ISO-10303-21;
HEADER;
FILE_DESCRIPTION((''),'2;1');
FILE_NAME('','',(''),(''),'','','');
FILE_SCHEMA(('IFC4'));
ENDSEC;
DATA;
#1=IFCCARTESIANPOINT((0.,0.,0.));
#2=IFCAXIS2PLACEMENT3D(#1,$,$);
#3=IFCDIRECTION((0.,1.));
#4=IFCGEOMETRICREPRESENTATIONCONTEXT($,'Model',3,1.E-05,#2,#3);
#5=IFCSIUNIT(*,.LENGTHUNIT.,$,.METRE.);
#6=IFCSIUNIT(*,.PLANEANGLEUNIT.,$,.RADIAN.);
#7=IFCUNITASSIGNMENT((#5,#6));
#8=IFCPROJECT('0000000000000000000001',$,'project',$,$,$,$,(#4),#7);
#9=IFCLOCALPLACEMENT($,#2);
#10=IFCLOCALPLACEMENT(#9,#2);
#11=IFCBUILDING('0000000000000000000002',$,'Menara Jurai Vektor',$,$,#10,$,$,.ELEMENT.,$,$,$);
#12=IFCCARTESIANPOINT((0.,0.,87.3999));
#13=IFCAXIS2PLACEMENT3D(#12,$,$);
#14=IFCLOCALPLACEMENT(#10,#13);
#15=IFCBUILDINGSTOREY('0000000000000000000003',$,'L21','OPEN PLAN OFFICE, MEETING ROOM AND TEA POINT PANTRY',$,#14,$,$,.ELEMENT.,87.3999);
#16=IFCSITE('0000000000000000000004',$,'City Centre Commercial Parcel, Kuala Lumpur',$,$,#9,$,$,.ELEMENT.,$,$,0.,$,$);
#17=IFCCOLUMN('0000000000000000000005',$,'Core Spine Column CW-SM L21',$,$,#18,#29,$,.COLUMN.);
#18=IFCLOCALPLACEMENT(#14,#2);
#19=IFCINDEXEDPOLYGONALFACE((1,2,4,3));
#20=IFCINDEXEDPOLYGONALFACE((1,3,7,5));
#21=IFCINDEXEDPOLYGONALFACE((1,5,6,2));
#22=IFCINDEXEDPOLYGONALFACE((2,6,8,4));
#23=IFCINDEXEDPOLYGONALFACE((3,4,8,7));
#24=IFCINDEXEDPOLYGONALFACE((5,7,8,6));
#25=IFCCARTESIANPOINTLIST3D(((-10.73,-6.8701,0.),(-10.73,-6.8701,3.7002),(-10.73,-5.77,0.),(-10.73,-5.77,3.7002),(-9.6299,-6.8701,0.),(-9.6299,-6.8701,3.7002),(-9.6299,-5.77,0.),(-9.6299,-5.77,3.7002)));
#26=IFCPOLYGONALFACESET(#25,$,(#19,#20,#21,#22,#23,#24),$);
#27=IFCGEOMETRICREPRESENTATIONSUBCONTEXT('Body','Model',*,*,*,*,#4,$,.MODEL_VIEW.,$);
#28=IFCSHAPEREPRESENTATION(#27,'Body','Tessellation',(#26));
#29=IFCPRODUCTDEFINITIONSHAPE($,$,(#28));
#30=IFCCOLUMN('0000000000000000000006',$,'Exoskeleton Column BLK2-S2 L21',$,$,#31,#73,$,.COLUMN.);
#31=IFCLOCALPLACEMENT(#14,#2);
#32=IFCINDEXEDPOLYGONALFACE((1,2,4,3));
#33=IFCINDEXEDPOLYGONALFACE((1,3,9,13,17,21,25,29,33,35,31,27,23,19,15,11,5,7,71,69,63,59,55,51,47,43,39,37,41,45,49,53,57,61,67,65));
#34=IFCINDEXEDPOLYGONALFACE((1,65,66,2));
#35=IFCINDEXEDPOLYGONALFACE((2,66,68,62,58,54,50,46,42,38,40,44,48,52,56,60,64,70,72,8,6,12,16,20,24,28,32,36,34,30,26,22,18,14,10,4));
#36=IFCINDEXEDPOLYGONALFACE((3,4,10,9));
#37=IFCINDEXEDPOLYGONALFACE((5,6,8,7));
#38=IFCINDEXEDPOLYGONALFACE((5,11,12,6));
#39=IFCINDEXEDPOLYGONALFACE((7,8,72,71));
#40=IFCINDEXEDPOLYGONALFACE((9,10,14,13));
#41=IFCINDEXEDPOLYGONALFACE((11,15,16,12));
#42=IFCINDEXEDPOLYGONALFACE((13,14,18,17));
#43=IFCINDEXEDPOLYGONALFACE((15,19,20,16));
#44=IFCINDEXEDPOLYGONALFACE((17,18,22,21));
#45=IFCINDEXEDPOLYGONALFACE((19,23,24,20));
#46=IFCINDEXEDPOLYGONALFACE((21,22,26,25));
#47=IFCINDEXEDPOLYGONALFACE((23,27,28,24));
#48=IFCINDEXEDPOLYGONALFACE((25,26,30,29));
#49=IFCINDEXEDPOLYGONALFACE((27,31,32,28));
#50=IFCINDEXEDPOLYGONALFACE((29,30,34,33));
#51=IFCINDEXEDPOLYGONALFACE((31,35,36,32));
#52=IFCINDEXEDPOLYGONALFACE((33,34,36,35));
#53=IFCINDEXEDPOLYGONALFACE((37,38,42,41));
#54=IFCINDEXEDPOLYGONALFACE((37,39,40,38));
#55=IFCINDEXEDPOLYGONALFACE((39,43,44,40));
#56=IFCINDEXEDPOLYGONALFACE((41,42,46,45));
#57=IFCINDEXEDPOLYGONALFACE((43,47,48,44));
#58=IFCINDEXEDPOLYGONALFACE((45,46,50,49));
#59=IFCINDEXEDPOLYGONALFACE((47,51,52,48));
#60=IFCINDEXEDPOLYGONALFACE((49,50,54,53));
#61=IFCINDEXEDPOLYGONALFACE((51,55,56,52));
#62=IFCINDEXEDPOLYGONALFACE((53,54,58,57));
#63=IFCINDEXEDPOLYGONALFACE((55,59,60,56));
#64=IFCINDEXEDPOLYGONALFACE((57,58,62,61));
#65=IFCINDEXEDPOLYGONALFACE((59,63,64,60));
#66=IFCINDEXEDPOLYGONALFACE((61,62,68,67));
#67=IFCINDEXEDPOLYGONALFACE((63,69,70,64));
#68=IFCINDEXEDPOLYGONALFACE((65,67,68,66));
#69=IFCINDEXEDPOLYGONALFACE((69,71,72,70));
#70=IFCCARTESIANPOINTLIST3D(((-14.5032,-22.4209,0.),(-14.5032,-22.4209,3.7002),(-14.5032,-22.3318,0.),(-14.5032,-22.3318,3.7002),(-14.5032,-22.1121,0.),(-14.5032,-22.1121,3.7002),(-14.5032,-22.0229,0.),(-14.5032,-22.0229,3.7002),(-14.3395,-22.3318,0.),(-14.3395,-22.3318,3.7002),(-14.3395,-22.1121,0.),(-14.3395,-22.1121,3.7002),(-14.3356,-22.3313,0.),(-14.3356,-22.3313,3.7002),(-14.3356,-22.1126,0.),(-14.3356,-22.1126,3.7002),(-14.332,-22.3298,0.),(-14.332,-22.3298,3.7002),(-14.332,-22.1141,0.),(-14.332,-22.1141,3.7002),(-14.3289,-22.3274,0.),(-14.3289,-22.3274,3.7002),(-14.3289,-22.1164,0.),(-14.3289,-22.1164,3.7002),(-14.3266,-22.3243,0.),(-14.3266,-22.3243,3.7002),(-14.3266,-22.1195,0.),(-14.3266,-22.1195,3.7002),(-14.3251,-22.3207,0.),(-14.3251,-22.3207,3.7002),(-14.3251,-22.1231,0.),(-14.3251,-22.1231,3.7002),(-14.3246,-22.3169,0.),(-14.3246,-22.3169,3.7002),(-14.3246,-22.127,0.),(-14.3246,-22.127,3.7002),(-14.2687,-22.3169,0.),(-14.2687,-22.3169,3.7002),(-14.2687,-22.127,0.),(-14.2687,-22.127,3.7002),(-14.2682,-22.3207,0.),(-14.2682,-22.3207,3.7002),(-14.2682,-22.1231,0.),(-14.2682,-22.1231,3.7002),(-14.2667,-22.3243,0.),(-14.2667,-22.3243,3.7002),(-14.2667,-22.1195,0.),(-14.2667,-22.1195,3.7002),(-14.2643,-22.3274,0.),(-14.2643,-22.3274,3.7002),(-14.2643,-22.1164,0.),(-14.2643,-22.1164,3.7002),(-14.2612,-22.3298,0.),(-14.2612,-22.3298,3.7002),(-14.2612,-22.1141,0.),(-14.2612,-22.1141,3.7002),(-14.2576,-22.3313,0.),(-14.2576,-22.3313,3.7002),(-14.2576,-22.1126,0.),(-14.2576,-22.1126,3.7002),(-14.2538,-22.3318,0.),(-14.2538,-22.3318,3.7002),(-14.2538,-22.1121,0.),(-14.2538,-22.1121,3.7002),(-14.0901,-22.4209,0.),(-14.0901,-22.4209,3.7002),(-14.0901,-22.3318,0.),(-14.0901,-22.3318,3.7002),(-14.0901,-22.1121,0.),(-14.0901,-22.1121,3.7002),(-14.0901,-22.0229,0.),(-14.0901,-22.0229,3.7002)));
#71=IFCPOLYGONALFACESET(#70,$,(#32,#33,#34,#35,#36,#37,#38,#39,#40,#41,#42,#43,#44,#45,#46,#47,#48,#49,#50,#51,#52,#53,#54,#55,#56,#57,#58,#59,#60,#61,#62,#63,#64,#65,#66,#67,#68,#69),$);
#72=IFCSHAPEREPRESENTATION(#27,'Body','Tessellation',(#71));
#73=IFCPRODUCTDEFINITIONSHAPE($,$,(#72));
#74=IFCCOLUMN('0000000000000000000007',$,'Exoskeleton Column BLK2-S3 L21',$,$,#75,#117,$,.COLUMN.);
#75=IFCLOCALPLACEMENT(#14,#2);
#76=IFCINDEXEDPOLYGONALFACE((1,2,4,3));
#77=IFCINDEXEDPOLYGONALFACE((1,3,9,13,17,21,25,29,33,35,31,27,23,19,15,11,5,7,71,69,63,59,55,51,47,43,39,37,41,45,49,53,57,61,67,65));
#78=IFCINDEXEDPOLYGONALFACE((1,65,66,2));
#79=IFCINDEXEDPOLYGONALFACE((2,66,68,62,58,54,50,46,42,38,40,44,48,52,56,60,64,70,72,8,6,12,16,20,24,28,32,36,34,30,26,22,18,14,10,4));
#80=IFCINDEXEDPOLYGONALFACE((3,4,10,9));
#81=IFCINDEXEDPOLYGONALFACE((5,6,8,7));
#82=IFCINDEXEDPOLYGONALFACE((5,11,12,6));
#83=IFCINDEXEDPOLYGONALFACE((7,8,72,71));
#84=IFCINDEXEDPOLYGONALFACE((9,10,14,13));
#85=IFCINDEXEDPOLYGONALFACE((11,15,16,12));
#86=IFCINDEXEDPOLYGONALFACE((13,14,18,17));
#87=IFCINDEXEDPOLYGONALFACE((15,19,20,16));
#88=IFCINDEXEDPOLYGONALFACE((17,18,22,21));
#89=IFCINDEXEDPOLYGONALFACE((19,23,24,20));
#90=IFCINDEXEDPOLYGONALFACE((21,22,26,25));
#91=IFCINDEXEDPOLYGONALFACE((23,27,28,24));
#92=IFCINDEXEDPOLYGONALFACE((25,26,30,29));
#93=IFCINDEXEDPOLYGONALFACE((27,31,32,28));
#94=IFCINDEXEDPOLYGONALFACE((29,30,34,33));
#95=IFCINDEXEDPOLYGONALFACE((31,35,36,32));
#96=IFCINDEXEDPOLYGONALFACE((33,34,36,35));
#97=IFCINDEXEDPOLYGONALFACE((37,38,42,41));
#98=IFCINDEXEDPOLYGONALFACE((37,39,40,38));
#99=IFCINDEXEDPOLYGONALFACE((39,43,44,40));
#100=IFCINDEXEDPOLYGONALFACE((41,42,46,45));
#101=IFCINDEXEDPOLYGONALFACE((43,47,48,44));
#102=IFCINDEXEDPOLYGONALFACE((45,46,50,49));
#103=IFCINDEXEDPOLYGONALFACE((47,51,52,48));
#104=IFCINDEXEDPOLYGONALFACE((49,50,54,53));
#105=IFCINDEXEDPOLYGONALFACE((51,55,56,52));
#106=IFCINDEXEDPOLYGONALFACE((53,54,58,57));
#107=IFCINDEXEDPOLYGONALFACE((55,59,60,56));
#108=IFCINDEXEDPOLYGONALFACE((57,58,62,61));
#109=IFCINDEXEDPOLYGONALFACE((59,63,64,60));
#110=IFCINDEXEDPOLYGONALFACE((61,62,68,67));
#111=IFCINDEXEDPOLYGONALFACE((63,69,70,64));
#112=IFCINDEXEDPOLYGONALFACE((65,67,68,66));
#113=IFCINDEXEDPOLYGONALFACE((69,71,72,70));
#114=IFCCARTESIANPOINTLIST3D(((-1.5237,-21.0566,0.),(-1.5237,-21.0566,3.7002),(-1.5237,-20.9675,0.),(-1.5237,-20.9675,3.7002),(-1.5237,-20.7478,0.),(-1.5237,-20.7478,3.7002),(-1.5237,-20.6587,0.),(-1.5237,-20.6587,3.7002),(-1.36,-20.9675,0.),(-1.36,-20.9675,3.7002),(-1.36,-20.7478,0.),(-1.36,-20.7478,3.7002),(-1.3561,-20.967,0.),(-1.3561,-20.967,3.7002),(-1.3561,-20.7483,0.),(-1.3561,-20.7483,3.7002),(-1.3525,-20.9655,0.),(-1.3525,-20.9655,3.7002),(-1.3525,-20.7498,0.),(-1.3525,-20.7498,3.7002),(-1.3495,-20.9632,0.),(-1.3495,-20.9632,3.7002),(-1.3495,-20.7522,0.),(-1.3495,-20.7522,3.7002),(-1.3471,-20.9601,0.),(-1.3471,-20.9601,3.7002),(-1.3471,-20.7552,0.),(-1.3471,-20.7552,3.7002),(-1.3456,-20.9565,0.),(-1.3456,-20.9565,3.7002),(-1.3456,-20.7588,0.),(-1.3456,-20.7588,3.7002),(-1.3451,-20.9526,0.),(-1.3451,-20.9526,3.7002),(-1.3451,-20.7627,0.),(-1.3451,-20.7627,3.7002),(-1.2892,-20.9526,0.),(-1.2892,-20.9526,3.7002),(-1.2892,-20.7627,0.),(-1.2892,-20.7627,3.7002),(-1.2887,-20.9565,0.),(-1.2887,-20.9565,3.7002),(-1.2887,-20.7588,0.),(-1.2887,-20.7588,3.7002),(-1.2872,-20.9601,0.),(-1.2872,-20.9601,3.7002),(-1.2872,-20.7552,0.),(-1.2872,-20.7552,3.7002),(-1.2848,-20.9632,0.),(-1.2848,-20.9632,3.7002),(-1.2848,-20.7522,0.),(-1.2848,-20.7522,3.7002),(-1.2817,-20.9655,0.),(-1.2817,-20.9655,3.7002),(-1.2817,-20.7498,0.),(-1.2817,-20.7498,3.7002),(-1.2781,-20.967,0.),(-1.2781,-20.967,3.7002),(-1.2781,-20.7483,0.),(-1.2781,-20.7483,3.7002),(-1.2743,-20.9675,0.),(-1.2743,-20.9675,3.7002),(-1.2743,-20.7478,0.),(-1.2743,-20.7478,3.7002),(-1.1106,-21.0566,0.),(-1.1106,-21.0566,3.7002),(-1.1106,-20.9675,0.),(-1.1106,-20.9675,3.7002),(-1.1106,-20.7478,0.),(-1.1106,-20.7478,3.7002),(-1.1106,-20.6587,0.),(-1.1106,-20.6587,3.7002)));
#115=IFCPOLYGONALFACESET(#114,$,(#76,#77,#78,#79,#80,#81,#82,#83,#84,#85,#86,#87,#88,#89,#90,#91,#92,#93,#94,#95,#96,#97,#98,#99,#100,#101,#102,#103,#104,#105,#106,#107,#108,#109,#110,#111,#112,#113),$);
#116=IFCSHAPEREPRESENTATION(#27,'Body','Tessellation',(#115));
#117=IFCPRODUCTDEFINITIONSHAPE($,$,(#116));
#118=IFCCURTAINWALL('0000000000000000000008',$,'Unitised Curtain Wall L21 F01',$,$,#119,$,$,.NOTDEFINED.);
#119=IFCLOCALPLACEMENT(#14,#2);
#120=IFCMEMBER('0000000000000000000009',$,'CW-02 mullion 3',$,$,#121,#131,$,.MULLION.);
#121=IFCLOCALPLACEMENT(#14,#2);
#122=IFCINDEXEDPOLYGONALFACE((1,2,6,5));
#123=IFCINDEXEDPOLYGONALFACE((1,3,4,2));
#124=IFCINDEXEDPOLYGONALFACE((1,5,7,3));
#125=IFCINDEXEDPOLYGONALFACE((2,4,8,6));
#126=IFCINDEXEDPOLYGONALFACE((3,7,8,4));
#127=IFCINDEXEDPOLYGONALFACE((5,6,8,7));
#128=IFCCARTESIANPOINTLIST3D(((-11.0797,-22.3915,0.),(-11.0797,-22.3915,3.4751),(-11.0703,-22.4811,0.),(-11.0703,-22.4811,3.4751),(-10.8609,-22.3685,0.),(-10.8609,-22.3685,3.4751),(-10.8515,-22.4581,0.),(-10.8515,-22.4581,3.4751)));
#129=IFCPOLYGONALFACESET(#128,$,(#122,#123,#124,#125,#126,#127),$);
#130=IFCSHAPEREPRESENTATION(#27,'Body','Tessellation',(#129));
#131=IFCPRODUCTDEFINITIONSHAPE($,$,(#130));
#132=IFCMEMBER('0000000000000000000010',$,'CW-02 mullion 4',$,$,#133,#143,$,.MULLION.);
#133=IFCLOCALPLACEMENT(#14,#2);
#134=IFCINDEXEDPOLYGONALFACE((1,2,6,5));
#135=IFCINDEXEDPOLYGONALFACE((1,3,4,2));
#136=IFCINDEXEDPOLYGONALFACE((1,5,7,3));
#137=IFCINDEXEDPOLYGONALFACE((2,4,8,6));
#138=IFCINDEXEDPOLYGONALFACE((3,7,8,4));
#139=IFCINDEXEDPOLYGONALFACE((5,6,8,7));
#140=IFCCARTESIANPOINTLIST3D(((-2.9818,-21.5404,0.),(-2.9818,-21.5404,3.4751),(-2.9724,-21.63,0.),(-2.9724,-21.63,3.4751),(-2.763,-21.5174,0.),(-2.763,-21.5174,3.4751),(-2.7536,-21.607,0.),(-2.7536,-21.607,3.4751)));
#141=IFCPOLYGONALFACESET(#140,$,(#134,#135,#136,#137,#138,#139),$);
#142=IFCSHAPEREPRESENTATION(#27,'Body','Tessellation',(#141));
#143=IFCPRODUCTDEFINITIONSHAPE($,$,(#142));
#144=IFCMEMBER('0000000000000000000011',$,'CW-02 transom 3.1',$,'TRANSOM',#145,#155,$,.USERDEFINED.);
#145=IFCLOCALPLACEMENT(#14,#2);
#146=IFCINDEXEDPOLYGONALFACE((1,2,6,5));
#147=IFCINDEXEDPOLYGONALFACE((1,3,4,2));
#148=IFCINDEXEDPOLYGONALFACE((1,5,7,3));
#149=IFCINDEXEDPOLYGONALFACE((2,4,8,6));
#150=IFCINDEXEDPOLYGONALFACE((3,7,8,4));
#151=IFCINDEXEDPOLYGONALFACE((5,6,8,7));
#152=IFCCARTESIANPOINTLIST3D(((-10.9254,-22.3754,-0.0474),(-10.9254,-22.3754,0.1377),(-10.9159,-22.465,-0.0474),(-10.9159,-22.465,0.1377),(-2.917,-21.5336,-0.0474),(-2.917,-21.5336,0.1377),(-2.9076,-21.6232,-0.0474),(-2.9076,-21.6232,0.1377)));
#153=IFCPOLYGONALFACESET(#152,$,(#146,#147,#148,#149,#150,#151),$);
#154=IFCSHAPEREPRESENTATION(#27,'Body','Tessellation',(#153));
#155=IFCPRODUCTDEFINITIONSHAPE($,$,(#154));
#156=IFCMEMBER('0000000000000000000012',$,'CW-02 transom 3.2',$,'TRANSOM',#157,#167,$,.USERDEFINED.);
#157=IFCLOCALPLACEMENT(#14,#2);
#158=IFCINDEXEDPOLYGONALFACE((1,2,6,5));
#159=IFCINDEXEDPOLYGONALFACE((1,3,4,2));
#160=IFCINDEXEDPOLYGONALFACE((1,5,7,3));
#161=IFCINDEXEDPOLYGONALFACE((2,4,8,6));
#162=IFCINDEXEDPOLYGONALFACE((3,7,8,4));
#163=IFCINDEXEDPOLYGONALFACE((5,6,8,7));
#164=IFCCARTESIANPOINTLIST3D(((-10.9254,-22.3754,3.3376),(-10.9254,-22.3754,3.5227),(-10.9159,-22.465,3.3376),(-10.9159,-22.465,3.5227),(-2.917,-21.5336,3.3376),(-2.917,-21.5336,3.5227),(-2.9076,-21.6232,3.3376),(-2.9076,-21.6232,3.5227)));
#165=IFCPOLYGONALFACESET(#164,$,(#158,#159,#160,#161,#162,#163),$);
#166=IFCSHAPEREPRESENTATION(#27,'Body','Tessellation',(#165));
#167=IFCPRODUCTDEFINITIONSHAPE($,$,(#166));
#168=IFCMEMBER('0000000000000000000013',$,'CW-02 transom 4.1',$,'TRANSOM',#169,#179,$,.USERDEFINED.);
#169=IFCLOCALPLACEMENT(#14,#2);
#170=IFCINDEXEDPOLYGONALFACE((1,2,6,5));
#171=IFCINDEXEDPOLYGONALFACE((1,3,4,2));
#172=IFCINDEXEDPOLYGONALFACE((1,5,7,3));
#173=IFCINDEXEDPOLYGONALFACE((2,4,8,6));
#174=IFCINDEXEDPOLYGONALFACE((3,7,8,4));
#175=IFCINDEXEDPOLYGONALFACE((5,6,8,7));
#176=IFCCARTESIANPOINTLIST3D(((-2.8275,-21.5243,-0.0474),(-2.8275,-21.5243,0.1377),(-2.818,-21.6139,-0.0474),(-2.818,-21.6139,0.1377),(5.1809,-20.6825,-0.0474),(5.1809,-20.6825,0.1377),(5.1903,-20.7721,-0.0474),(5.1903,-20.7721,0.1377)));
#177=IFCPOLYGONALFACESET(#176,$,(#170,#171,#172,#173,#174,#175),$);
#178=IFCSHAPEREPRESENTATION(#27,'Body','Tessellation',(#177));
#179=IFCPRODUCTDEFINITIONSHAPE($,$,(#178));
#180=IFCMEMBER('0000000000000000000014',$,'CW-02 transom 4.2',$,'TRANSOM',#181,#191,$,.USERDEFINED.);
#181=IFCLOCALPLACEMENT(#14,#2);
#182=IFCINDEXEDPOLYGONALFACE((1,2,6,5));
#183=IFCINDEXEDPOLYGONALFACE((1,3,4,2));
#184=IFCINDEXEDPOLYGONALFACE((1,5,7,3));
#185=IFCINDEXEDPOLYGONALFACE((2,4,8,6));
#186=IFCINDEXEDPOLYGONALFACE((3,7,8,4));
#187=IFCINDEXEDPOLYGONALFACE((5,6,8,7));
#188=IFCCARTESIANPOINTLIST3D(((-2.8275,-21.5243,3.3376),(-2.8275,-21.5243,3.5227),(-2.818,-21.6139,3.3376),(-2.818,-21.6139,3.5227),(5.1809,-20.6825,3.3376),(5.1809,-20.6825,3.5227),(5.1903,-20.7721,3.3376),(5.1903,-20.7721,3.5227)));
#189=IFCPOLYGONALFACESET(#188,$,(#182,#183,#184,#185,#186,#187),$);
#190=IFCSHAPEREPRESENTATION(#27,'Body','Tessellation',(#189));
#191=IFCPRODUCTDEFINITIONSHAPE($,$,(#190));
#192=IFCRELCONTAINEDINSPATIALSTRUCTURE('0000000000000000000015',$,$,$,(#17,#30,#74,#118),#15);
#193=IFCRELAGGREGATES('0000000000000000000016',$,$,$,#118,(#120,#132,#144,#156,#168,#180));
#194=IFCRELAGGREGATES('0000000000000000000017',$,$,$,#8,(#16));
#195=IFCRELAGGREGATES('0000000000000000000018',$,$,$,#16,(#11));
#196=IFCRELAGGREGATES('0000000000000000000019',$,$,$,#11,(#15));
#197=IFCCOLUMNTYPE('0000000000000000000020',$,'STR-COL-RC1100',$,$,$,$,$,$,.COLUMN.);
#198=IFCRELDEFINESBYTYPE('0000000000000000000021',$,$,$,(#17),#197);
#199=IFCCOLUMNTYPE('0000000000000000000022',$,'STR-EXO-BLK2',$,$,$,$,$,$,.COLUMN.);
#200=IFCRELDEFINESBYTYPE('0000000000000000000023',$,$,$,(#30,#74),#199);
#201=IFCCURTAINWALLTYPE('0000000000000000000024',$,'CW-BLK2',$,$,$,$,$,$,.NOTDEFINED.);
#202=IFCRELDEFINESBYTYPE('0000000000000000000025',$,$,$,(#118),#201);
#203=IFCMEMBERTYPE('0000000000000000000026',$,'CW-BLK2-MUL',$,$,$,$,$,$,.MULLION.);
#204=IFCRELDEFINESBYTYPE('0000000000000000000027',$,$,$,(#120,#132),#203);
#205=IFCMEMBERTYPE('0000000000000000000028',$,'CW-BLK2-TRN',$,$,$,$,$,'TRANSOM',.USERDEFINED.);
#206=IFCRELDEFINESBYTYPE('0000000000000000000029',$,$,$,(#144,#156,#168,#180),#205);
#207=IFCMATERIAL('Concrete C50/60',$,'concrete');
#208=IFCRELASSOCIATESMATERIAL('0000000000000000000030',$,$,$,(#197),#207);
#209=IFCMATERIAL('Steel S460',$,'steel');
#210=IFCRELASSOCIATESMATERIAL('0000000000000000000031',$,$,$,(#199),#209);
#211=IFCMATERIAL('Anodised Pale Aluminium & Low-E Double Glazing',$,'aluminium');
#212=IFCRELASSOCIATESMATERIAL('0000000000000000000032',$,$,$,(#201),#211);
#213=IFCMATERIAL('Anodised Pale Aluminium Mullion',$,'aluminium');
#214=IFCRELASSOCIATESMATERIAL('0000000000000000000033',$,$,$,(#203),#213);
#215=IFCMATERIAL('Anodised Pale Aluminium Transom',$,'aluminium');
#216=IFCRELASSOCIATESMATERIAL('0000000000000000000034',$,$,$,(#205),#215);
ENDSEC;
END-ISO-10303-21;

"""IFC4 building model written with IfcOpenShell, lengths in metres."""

from ifc_helpers import new_model, si_unit, direction, frame, origin, origin_2d, place, context, subcontext, project, spatial, rectangle, i_section, extrude, material, material_profile, profile_set, type_object, element, aggregate, save


model = new_model("IFC4")

# Units and contexts
model_context = context("Model", 3, precision=1e-05, world=origin(), true_north=direction((0.0, 1.0)))
body_context = subcontext(model_context, "Body", "Model", "MODEL_VIEW")
ifc_project = project(units=[si_unit("LENGTHUNIT", "METRE"), si_unit("PLANEANGLEUNIT", "RADIAN")], contexts=[model_context])

# Site, building, storey
site_placement = place(None, origin())
site = spatial("IfcSite", under=ifc_project, at=site_placement, Name="City Centre Commercial Parcel, Kuala Lumpur", CompositionType="ELEMENT", RefElevation=0.0)
building_placement = place(site_placement, origin())
building = spatial("IfcBuilding", under=site, at=building_placement, Name="Menara Jurai Vektor", CompositionType="ELEMENT")
storey_placement = place(building_placement, frame((0.0, 0.0, 87.3999)))
storey = spatial("IfcBuildingStorey", under=building, at=storey_placement, Name="L21", Description="OPEN PLAN OFFICE, MEETING ROOM AND TEA POINT PANTRY", CompositionType="ELEMENT", Elevation=87.3999)

# Columns
ifc_material_1 = material(Name="Concrete C50/60", Category="concrete")
ifc_material_profile_1 = material_profile(ifc_material_1, rectangle(XDim=1.1001, YDim=1.1001, at=origin_2d()), Name="RC 1100x1100")
ifc_profile_set_1 = profile_set([ifc_material_profile_1], Name="Concrete C50/60")
column_type_1 = type_object("IfcColumnType", Name="STR-COL-RC1100", PredefinedType="COLUMN", material=ifc_profile_set_1)
column_placement = place(storey_placement, frame((-10.1799, -6.3201, 0.0), z_axis=(0.0, 0.0, 1.0), x_axis=(1.0, 0.0, 0.0)))
element("IfcColumn", 1, at=column_placement, inside=storey, type_object=column_type_1, Name="Core Spine Column CW-SM L21", PredefinedType="COLUMN", context=body_context, shape_type="SweptSolid", body=[
    extrude(rectangle(XDim=1.1001, YDim=1.1001, at=origin_2d()), origin(), (0.0, 0.0, 1.0), 3.7002),
])
ifc_material_2 = material(Name="Steel S460", Category="steel")
ifc_material_profile_2 = material_profile(ifc_material_2, i_section(OverallWidth=0.4131, OverallDepth=0.3979, WebThickness=0.0559, FlangeThickness=0.0891, FilletRadius=0.0149, at=origin_2d()), Name="HD 400x744")
ifc_profile_set_2 = profile_set([ifc_material_profile_2], Name="Steel S460")
column_type_2 = type_object("IfcColumnType", Name="STR-EXO-BLK2", PredefinedType="COLUMN", material=ifc_profile_set_2)
for number, where, z_axis, x_axis, name in (
    (2, (-14.2966, -22.2219, 0.0), (0.0, 0.0, 1.0), (1.0, 0.0, 0.0), "Exoskeleton Column BLK2-S2 L21"),
    (3, (-1.3171, -20.8577, 0.0), (0.0, 0.0, 1.0), (1.0, 0.0, 0.0), "Exoskeleton Column BLK2-S3 L21"),
):
    element("IfcColumn", number, at=place(storey_placement, frame(where, z_axis=z_axis, x_axis=x_axis)), inside=storey, type_object=column_type_2, Name=name, PredefinedType="COLUMN", context=body_context, shape_type="SweptSolid", body=[
        extrude(i_section(OverallWidth=0.4131, OverallDepth=0.3979, WebThickness=0.0559, FlangeThickness=0.0891, FilletRadius=0.0149, at=origin_2d()), origin(), (0.0, 0.0, 1.0), 3.7002),
    ])

# Curtain wall, members
ifc_material_3 = material(Name="Anodised Pale Aluminium & Low-E Double Glazing", Category="aluminium")
curtain_wall_type = type_object("IfcCurtainWallType", Name="CW-BLK2", PredefinedType="NOTDEFINED", material=ifc_material_3)
curtain_wall_placement = place(storey_placement, origin())
curtain_wall = element("IfcCurtainWall", 4, at=curtain_wall_placement, inside=storey, type_object=curtain_wall_type, Name="Unitised Curtain Wall L21 F01", PredefinedType="NOTDEFINED")
ifc_material_4 = material(Name="Anodised Pale Aluminium Mullion", Category="aluminium")
ifc_material_profile_3 = material_profile(ifc_material_4, rectangle(XDim=0.0901, YDim=0.22, at=origin_2d()), Name="ALU MUL 90x220")
ifc_profile_set_3 = profile_set([ifc_material_profile_3], Name="Anodised Pale Aluminium Mullion")
member_type_1 = type_object("IfcMemberType", Name="CW-BLK2-MUL", PredefinedType="MULLION", material=ifc_profile_set_3)
member_1_placement = place(storey_placement, frame((-10.9656, -22.4248, 0.0), z_axis=(0.0, 0.0, 1.0), x_axis=(-0.104529, 0.994522, 0.0)))
member_1 = element("IfcMember", 5, at=member_1_placement, type_object=member_type_1, Name="CW-02 mullion 3", PredefinedType="MULLION", context=body_context, shape_type="SweptSolid", body=[
    extrude(rectangle(XDim=0.0901, YDim=0.22, at=origin_2d()), origin(), (0.0, 0.0, 1.0), 3.4751),
])
member_2_placement = place(storey_placement, frame((-2.8677, -21.5737, 0.0), z_axis=(0.0, 0.0, 1.0), x_axis=(-0.104529, 0.994522, 0.0)))
member_2 = element("IfcMember", 6, at=member_2_placement, type_object=member_type_1, Name="CW-02 mullion 4", PredefinedType="MULLION", context=body_context, shape_type="SweptSolid", body=[
    extrude(rectangle(XDim=0.0901, YDim=0.22, at=origin_2d()), origin(), (0.0, 0.0, 1.0), 3.4751),
])
ifc_material_5 = material(Name="Anodised Pale Aluminium Transom", Category="aluminium")
ifc_material_profile_4 = material_profile(ifc_material_5, rectangle(XDim=0.0901, YDim=0.1851, at=origin_2d()), Name="ALU TRN 90x185")
ifc_profile_set_4 = profile_set([ifc_material_profile_4], Name="Anodised Pale Aluminium Transom")
member_type_2 = type_object("IfcMemberType", Name="CW-BLK2-TRN", ElementType="TRANSOM", PredefinedType="USERDEFINED", material=ifc_profile_set_4)
member_3_placement = place(storey_placement, frame((-10.9207, -22.4202, 0.0452), z_axis=(0.994521, 0.10454, 0.0), x_axis=(-0.10454, 0.994521, 0.0)))
member_3 = element("IfcMember", 7, at=member_3_placement, type_object=member_type_2, Name="CW-02 transom 3.1", ObjectType="TRANSOM", PredefinedType="USERDEFINED", context=body_context, shape_type="SweptSolid", body=[
    extrude(rectangle(XDim=0.0901, YDim=0.1851, at=origin_2d()), origin(), (0.0, 0.0, 1.0), 8.0525),
])
member_4_placement = place(storey_placement, frame((-10.9207, -22.4202, 3.4302), z_axis=(0.994521, 0.10454, 0.0), x_axis=(-0.10454, 0.994521, 0.0)))
member_4 = element("IfcMember", 8, at=member_4_placement, type_object=member_type_2, Name="CW-02 transom 3.2", ObjectType="TRANSOM", PredefinedType="USERDEFINED", context=body_context, shape_type="SweptSolid", body=[
    extrude(rectangle(XDim=0.0901, YDim=0.1851, at=origin_2d()), origin(), (0.0, 0.0, 1.0), 8.0525),
])
member_5_placement = place(storey_placement, frame((-2.8228, -21.5691, 0.0452), z_axis=(0.994521, 0.10454, 0.0), x_axis=(-0.10454, 0.994521, 0.0)))
member_5 = element("IfcMember", 9, at=member_5_placement, type_object=member_type_2, Name="CW-02 transom 4.1", ObjectType="TRANSOM", PredefinedType="USERDEFINED", context=body_context, shape_type="SweptSolid", body=[
    extrude(rectangle(XDim=0.0901, YDim=0.1851, at=origin_2d()), origin(), (0.0, 0.0, 1.0), 8.0525),
])
member_6_placement = place(storey_placement, frame((-2.8228, -21.5691, 3.4302), z_axis=(0.994521, 0.10454, 0.0), x_axis=(-0.10454, 0.994521, 0.0)))
member_6 = element("IfcMember", 10, at=member_6_placement, type_object=member_type_2, Name="CW-02 transom 4.2", ObjectType="TRANSOM", PredefinedType="USERDEFINED", context=body_context, shape_type="SweptSolid", body=[
    extrude(rectangle(XDim=0.0901, YDim=0.1851, at=origin_2d()), origin(), (0.0, 0.0, 1.0), 8.0525),
])

aggregate(curtain_wall, [member_1, member_2, member_3, member_4, member_5, member_6])

save(model, "model.ifc")
